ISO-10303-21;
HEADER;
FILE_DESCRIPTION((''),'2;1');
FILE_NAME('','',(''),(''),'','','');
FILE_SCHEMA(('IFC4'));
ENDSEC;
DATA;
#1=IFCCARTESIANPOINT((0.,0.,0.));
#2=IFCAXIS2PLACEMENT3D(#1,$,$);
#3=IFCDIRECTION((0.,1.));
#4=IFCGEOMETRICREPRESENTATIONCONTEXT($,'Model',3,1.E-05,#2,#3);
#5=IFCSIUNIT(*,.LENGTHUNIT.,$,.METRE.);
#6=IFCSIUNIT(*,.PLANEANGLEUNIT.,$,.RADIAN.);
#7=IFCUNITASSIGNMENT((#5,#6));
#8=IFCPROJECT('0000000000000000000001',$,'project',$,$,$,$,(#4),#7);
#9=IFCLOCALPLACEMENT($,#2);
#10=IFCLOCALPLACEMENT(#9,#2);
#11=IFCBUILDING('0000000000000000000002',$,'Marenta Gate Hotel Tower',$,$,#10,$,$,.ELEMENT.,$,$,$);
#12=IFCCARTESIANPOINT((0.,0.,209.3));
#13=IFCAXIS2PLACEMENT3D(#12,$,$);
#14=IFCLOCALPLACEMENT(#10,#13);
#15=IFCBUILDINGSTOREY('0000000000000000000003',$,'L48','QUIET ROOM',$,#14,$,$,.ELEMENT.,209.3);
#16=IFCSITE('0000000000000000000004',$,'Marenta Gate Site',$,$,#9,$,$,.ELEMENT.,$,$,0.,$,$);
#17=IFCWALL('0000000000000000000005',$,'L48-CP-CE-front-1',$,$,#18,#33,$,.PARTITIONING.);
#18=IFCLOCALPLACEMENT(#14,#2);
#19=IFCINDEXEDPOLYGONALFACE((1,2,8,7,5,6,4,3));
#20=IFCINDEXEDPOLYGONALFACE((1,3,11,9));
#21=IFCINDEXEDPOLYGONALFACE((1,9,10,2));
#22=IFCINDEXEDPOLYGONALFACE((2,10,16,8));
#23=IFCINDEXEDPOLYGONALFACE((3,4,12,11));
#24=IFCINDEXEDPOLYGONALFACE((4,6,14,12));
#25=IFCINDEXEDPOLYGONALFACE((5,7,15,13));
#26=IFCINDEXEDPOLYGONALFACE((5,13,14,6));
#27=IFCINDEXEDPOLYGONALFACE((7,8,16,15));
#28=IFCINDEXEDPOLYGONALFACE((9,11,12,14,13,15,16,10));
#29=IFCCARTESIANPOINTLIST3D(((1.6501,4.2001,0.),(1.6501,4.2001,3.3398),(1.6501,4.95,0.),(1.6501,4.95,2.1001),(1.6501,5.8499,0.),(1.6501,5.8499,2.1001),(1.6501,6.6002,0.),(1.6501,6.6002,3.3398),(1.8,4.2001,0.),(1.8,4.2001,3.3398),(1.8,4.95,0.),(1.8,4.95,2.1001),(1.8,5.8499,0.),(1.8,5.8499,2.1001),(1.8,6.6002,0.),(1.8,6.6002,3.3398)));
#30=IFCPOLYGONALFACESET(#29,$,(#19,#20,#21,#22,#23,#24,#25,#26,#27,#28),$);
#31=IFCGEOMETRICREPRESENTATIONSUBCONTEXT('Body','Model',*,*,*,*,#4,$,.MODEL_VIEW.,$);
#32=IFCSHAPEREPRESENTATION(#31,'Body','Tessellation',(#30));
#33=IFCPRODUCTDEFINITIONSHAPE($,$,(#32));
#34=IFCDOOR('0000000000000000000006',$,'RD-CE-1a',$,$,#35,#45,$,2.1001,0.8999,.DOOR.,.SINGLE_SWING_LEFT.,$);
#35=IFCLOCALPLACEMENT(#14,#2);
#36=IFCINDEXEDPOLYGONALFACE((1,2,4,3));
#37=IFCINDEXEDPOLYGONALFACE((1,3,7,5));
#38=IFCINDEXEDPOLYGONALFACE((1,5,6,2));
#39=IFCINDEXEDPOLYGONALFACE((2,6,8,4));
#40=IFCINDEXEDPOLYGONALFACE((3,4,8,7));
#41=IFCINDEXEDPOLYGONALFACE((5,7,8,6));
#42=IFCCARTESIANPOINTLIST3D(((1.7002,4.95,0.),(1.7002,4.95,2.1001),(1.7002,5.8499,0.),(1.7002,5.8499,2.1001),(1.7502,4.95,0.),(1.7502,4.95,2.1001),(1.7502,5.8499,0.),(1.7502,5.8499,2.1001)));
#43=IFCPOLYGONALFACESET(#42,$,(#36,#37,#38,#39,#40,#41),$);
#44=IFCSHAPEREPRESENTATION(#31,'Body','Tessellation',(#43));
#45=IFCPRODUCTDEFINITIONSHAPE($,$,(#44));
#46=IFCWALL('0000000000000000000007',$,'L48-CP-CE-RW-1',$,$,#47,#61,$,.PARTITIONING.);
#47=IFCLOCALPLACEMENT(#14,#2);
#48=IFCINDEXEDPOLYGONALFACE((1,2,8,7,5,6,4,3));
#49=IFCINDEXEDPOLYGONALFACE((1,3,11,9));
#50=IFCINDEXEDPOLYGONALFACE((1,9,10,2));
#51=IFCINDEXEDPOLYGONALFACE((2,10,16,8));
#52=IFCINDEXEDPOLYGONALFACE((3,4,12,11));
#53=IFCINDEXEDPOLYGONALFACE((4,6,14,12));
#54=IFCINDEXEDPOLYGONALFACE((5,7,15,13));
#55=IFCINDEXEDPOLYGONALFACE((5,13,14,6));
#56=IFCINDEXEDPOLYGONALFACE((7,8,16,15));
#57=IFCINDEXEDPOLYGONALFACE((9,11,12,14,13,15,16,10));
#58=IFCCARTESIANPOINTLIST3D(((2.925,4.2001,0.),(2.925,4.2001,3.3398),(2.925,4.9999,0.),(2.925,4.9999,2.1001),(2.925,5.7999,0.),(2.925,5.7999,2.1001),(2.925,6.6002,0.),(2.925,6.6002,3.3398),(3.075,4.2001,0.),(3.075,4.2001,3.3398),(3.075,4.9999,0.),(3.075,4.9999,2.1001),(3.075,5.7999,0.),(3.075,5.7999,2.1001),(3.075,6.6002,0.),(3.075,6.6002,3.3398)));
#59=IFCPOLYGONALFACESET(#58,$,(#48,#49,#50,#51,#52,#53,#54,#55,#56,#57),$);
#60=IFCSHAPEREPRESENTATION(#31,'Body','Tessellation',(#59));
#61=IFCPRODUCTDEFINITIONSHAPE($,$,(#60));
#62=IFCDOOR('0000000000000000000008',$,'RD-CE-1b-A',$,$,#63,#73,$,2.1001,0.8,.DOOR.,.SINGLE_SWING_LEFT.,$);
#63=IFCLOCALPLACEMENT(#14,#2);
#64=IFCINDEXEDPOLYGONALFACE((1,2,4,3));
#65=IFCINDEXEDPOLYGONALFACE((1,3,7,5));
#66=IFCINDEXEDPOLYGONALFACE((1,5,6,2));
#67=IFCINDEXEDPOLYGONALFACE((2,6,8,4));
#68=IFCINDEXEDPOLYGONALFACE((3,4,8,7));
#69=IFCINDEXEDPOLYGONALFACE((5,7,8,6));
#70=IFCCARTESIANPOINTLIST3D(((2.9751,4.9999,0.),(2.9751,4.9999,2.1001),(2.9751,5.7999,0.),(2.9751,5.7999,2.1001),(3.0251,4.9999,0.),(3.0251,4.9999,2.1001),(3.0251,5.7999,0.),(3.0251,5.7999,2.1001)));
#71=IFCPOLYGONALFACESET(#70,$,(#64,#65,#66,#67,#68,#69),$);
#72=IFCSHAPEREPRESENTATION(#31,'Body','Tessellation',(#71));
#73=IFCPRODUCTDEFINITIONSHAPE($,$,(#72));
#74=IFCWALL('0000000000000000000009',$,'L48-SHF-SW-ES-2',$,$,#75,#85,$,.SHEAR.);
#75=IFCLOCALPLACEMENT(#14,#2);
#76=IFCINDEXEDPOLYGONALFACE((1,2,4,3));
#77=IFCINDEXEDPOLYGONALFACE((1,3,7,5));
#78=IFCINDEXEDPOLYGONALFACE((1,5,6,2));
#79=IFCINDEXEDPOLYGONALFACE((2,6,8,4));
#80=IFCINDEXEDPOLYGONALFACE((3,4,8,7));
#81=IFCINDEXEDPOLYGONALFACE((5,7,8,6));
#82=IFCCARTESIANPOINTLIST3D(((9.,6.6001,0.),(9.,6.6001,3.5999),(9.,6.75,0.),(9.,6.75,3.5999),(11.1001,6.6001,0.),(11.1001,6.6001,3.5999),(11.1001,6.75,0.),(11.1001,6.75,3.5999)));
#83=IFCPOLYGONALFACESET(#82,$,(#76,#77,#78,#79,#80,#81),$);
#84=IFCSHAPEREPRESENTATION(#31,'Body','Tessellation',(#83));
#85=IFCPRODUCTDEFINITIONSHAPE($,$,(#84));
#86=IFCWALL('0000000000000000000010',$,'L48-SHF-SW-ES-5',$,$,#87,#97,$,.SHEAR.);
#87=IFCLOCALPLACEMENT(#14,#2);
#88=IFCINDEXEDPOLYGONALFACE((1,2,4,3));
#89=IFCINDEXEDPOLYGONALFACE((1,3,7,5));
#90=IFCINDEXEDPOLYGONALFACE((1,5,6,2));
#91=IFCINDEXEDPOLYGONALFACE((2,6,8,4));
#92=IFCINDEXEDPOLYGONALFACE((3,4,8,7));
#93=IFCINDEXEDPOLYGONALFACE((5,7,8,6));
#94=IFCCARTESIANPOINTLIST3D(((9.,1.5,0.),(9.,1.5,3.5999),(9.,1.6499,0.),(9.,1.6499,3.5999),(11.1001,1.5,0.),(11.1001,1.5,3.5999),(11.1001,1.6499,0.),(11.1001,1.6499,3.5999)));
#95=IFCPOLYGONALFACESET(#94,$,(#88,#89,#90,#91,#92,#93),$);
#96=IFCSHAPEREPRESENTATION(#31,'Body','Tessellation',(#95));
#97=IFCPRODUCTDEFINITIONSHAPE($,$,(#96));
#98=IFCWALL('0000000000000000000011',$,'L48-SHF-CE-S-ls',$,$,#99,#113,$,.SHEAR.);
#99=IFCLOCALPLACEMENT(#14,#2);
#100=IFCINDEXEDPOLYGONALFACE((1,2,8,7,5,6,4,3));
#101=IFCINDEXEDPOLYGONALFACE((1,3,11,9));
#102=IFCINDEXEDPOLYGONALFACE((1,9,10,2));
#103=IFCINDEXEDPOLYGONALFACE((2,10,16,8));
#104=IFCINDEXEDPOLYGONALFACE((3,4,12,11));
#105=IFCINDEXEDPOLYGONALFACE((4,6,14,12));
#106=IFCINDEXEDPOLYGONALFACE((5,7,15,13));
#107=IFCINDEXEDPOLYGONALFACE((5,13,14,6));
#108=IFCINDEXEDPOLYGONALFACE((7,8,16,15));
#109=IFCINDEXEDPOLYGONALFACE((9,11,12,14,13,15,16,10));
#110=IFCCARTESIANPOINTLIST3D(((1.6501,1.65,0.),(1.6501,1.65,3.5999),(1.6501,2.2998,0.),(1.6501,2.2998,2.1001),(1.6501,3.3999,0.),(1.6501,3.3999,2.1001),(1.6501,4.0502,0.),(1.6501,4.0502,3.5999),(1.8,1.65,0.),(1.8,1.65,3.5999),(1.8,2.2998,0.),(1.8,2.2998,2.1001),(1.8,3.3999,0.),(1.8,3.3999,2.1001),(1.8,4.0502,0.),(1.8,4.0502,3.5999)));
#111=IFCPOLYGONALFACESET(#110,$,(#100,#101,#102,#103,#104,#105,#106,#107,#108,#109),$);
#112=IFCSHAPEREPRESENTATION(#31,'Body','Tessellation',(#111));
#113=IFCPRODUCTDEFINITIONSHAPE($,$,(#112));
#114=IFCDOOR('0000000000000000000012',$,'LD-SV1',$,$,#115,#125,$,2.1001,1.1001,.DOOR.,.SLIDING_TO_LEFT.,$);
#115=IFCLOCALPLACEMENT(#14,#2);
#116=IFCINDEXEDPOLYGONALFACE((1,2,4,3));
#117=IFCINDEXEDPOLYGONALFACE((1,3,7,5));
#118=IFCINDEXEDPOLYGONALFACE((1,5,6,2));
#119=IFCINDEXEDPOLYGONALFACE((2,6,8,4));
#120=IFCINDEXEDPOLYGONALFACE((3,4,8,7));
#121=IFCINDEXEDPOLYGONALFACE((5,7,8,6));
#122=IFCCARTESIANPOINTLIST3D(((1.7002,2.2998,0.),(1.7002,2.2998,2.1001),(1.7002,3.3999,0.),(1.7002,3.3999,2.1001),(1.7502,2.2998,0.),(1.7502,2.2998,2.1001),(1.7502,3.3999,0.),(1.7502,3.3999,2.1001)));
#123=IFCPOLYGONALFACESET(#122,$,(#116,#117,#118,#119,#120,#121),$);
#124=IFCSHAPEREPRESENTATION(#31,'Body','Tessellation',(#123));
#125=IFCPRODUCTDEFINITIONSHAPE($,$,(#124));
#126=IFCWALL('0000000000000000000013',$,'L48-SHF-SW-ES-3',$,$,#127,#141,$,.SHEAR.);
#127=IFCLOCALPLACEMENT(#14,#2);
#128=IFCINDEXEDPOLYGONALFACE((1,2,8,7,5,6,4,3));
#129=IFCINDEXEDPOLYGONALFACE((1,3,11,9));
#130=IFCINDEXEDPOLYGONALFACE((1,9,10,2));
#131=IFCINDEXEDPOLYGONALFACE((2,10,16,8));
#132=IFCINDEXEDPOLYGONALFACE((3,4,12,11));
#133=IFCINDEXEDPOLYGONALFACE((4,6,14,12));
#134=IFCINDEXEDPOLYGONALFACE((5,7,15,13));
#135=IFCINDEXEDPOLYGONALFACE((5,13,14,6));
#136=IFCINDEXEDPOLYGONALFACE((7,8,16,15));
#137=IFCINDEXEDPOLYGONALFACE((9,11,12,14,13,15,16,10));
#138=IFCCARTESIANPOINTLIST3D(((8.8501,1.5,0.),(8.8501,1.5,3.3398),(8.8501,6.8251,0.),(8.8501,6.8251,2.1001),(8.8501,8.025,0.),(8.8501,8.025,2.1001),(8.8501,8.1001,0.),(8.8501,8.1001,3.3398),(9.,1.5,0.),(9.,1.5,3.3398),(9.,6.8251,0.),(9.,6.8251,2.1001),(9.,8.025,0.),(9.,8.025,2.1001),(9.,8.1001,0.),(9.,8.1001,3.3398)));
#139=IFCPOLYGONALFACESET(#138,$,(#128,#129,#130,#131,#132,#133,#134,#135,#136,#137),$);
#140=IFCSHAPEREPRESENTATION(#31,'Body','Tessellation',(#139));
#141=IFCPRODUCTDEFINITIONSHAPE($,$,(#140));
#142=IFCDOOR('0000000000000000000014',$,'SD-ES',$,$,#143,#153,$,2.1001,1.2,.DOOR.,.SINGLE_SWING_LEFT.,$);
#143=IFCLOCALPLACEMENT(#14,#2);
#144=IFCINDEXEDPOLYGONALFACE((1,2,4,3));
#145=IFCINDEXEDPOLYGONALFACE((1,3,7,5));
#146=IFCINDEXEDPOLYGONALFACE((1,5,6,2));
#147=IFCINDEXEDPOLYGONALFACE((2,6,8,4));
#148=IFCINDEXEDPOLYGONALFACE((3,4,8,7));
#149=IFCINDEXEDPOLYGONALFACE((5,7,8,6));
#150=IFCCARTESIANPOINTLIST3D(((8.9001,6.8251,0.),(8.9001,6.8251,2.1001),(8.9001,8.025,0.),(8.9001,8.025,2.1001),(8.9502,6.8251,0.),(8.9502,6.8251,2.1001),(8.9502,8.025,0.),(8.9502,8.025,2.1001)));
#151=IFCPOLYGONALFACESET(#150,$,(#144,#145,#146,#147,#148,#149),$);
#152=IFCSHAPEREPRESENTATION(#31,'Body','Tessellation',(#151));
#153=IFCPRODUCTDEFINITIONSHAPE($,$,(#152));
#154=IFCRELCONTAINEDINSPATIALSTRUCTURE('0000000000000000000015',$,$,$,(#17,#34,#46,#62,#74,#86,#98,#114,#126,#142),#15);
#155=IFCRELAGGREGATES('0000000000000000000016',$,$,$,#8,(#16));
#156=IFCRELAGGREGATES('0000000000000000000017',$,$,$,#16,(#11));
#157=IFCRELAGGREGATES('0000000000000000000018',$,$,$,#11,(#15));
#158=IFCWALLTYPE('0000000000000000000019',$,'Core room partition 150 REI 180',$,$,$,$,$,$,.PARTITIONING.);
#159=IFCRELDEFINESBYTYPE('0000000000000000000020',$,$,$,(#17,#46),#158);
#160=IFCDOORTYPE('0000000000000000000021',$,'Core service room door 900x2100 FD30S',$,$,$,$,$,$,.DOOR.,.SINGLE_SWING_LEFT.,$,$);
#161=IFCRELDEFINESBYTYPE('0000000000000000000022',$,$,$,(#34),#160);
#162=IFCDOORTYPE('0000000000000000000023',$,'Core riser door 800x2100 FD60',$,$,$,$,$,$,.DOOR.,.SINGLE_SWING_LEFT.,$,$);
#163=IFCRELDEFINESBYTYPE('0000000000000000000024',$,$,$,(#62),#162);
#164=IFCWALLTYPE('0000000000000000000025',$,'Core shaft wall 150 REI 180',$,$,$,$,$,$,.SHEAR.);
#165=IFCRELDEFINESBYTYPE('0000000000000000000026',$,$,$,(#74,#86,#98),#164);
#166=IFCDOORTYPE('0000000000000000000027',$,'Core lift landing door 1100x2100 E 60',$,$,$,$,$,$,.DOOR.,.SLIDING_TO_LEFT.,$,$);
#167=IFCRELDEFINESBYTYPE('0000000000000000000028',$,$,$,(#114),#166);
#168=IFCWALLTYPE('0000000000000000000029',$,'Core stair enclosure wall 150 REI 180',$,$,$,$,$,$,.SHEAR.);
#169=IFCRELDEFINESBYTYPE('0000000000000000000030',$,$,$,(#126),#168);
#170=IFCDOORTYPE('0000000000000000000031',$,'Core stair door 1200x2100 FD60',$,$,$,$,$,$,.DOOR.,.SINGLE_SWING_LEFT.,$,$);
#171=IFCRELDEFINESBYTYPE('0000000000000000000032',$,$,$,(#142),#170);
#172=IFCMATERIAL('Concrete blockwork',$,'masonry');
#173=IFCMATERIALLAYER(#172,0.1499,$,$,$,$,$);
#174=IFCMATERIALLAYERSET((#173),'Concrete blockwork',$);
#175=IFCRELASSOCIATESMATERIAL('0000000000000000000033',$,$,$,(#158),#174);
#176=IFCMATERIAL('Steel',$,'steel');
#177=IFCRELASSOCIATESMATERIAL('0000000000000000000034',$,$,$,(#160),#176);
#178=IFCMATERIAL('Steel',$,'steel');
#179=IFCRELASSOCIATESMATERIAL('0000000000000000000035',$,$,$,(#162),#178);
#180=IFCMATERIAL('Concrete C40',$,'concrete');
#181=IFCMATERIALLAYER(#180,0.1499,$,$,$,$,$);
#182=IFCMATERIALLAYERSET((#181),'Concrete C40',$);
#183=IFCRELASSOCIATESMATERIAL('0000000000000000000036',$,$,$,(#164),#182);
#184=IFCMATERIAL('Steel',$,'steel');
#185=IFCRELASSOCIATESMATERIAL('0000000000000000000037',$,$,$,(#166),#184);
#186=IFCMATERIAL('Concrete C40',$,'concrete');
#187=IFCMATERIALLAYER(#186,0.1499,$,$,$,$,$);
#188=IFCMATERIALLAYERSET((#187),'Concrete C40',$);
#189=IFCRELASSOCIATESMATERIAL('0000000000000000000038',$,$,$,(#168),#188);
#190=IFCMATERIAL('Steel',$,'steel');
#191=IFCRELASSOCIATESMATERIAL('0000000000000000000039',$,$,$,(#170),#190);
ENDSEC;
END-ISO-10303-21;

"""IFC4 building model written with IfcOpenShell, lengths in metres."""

from ifc_helpers import new_model, si_unit, direction, frame, frame_2d, origin, place, context, subcontext, project, spatial, rectangle, extrude, material, layer, layer_set, type_object, element, fill, save


model = new_model("IFC4")

# Units and contexts
model_context = context("Model", 3, precision=1e-05, world=origin(), true_north=direction((0.0, 1.0)))
body_context = subcontext(model_context, "Body", "Model", "MODEL_VIEW")
ifc_project = project(units=[si_unit("LENGTHUNIT", "METRE"), si_unit("PLANEANGLEUNIT", "RADIAN")], contexts=[model_context])

# Site, building, storey
site_placement = place(None, origin())
site = spatial("IfcSite", under=ifc_project, at=site_placement, Name="Marenta Gate Site", CompositionType="ELEMENT", RefElevation=0.0)
building_placement = place(site_placement, origin())
building = spatial("IfcBuilding", under=site, at=building_placement, Name="Marenta Gate Hotel Tower", CompositionType="ELEMENT")
storey_placement = place(building_placement, frame((0.0, 0.0, 209.3)))
storey = spatial("IfcBuildingStorey", under=building, at=storey_placement, Name="L48", Description="QUIET ROOM", CompositionType="ELEMENT", Elevation=209.3)

# Walls, openings, doors
ifc_material_1 = material(Name="Concrete blockwork", Category="masonry")
ifc_layer_1 = layer(ifc_material_1, 0.1499)
ifc_layer_set_1 = layer_set([ifc_layer_1], Name="Concrete blockwork")
wall_type_1 = type_object("IfcWallType", Name="Core room partition 150 REI 180", PredefinedType="PARTITIONING", material=ifc_layer_set_1)
wall_1_placement = place(storey_placement, frame((1.7251, 4.2, 0.0), z_axis=(0.0, 0.0, 1.0), x_axis=(0.0, 1.0, 0.0)))
wall_1 = element("IfcWall", 1, at=wall_1_placement, inside=storey, type_object=wall_type_1, Name="L48-CP-CE-front-1", PredefinedType="PARTITIONING", context=body_context, shape_type="SweptSolid", body=[
    extrude(rectangle(XDim=2.4001, YDim=0.1499, at=frame_2d((1.2002, 0.0))), origin(), (0.0, 0.0, 1.0), 3.3398),
])
opening_1_placement = place(wall_1_placement, frame((0.75, 0.0, 0.0)))
opening_1 = element("IfcOpeningElement", 2, at=opening_1_placement, cuts=wall_1, PredefinedType="OPENING", context=body_context, shape_type="SweptSolid", body=[
    extrude(rectangle(XDim=0.8999, YDim=2.1001, at=frame_2d((0.45, 1.05))), frame((0.0, 0.075, 0.0), z_axis=(0.0, -1.0, 0.0), x_axis=(1.0, 0.0, 0.0)), (0.0, 0.0, 1.0), 0.1499),
])
ifc_material_2 = material(Name="Steel", Category="steel")
door_type_1 = type_object("IfcDoorType", Name="Core service room door 900x2100 FD30S", OperationType="SINGLE_SWING_LEFT", PredefinedType="DOOR", material=ifc_material_2)
door_1_placement = place(opening_1_placement, origin())
door_1 = element("IfcDoor", 3, at=door_1_placement, inside=storey, type_object=door_type_1, Name="RD-CE-1a", OperationType="SINGLE_SWING_LEFT", OverallHeight=2.1001, OverallWidth=0.8999, PredefinedType="DOOR", context=body_context, shape_type="SweptSolid", body=[
    extrude(rectangle(XDim=0.8999, YDim=2.1001, at=frame_2d((0.45, 1.05))), frame((0.0, 0.0249, 0.0), z_axis=(0.0, -1.0, 0.0), x_axis=(1.0, 0.0, 0.0)), (0.0, 0.0, 1.0), 0.05),
])
fill(opening_1, door_1)
wall_2_placement = place(storey_placement, frame((3.0, 4.2, 0.0), z_axis=(0.0, 0.0, 1.0), x_axis=(0.0, 1.0, 0.0)))
wall_2 = element("IfcWall", 4, at=wall_2_placement, inside=storey, type_object=wall_type_1, Name="L48-CP-CE-RW-1", PredefinedType="PARTITIONING", context=body_context, shape_type="SweptSolid", body=[
    extrude(rectangle(XDim=2.4001, YDim=0.1499, at=frame_2d((1.2002, 0.0))), origin(), (0.0, 0.0, 1.0), 3.3398),
])
opening_2_placement = place(wall_2_placement, frame((0.8, 0.0, 0.0)))
opening_2 = element("IfcOpeningElement", 5, at=opening_2_placement, cuts=wall_2, PredefinedType="OPENING", context=body_context, shape_type="SweptSolid", body=[
    extrude(rectangle(XDim=0.8, YDim=2.1001, at=frame_2d((0.3999, 1.05))), frame((0.0, 0.075, 0.0), z_axis=(0.0, -1.0, 0.0), x_axis=(1.0, 0.0, 0.0)), (0.0, 0.0, 1.0), 0.1499),
])
ifc_material_3 = material(Name="Steel", Category="steel")
door_type_2 = type_object("IfcDoorType", Name="Core riser door 800x2100 FD60", OperationType="SINGLE_SWING_LEFT", PredefinedType="DOOR", material=ifc_material_3)
door_2_placement = place(opening_2_placement, origin())
door_2 = element("IfcDoor", 6, at=door_2_placement, inside=storey, type_object=door_type_2, Name="RD-CE-1b-A", OperationType="SINGLE_SWING_LEFT", OverallHeight=2.1001, OverallWidth=0.8, PredefinedType="DOOR", context=body_context, shape_type="SweptSolid", body=[
    extrude(rectangle(XDim=0.8, YDim=2.1001, at=frame_2d((0.3999, 1.05))), frame((0.0, 0.0249, 0.0), z_axis=(0.0, -1.0, 0.0), x_axis=(1.0, 0.0, 0.0)), (0.0, 0.0, 1.0), 0.05),
])
fill(opening_2, door_2)

# Walls
ifc_material_4 = material(Name="Concrete C40", Category="concrete")
ifc_layer_2 = layer(ifc_material_4, 0.1499)
ifc_layer_set_2 = layer_set([ifc_layer_2], Name="Concrete C40")
wall_type_2 = type_object("IfcWallType", Name="Core shaft wall 150 REI 180", PredefinedType="SHEAR", material=ifc_layer_set_2)
for number, where, z_axis, x_axis, name in (
    (7, (9.0, 6.675, 0.0), (0.0, 0.0, 1.0), (1.0, 0.0, 0.0), "L48-SHF-SW-ES-2"),
    (8, (9.0, 1.575, 0.0), (0.0, 0.0, 1.0), (1.0, 0.0, 0.0), "L48-SHF-SW-ES-5"),
):
    element("IfcWall", number, at=place(storey_placement, frame(where, z_axis=z_axis, x_axis=x_axis)), inside=storey, type_object=wall_type_2, Name=name, PredefinedType="SHEAR", context=body_context, shape_type="SweptSolid", body=[
        extrude(rectangle(XDim=2.1001, YDim=0.1499, at=frame_2d((1.05, 0.0))), origin(), (0.0, 0.0, 1.0), 3.5999),
    ])

# Walls, openings, doors
wall_3_placement = place(storey_placement, frame((1.7251, 1.6499, 0.0), z_axis=(0.0, 0.0, 1.0), x_axis=(0.0, 1.0, 0.0)))
wall_3 = element("IfcWall", 9, at=wall_3_placement, inside=storey, type_object=wall_type_2, Name="L48-SHF-CE-S-ls", PredefinedType="SHEAR", context=body_context, shape_type="SweptSolid", body=[
    extrude(rectangle(XDim=2.4001, YDim=0.1499, at=frame_2d((1.2002, 0.0))), origin(), (0.0, 0.0, 1.0), 3.5999),
])
opening_3_placement = place(wall_3_placement, frame((0.6499, 0.0, 0.0)))
opening_3 = element("IfcOpeningElement", 10, at=opening_3_placement, cuts=wall_3, PredefinedType="OPENING", context=body_context, shape_type="SweptSolid", body=[
    extrude(rectangle(XDim=1.1001, YDim=2.1001, at=frame_2d((0.55, 1.05))), frame((0.0, 0.075, 0.0), z_axis=(0.0, -1.0, 0.0), x_axis=(1.0, 0.0, 0.0)), (0.0, 0.0, 1.0), 0.1499),
])
ifc_material_5 = material(Name="Steel", Category="steel")
door_type_3 = type_object("IfcDoorType", Name="Core lift landing door 1100x2100 E 60", OperationType="SLIDING_TO_LEFT", PredefinedType="DOOR", material=ifc_material_5)
door_3_placement = place(opening_3_placement, origin())
door_3 = element("IfcDoor", 11, at=door_3_placement, inside=storey, type_object=door_type_3, Name="LD-SV1", OperationType="SLIDING_TO_LEFT", OverallHeight=2.1001, OverallWidth=1.1001, PredefinedType="DOOR", context=body_context, shape_type="SweptSolid", body=[
    extrude(rectangle(XDim=1.1001, YDim=2.1001, at=frame_2d((0.55, 1.05))), frame((0.0, 0.0249, 0.0), z_axis=(0.0, -1.0, 0.0), x_axis=(1.0, 0.0, 0.0)), (0.0, 0.0, 1.0), 0.05),
])
fill(opening_3, door_3)
ifc_material_6 = material(Name="Concrete C40", Category="concrete")
ifc_layer_3 = layer(ifc_material_6, 0.1499)
ifc_layer_set_3 = layer_set([ifc_layer_3], Name="Concrete C40")
wall_type_3 = type_object("IfcWallType", Name="Core stair enclosure wall 150 REI 180", PredefinedType="SHEAR", material=ifc_layer_set_3)
wall_4_placement = place(storey_placement, frame((8.925, 1.5, 0.0), z_axis=(0.0, 0.0, 1.0), x_axis=(0.0, 1.0, 0.0)))
wall_4 = element("IfcWall", 12, at=wall_4_placement, inside=storey, type_object=wall_type_3, Name="L48-SHF-SW-ES-3", PredefinedType="SHEAR", context=body_context, shape_type="SweptSolid", body=[
    extrude(rectangle(XDim=6.6001, YDim=0.1499, at=frame_2d((3.3, 0.0))), origin(), (0.0, 0.0, 1.0), 3.3398),
])
opening_4_placement = place(wall_4_placement, frame((5.325, 0.0, 0.0)))
opening_4 = element("IfcOpeningElement", 13, at=opening_4_placement, cuts=wall_4, PredefinedType="OPENING", context=body_context, shape_type="SweptSolid", body=[
    extrude(rectangle(XDim=1.2, YDim=2.1001, at=frame_2d((0.6001, 1.05))), frame((0.0, 0.075, 0.0), z_axis=(0.0, -1.0, 0.0), x_axis=(1.0, 0.0, 0.0)), (0.0, 0.0, 1.0), 0.1499),
])
ifc_material_7 = material(Name="Steel", Category="steel")
door_type_4 = type_object("IfcDoorType", Name="Core stair door 1200x2100 FD60", OperationType="SINGLE_SWING_LEFT", PredefinedType="DOOR", material=ifc_material_7)
door_4_placement = place(opening_4_placement, origin())
door_4 = element("IfcDoor", 14, at=door_4_placement, inside=storey, type_object=door_type_4, Name="SD-ES", OperationType="SINGLE_SWING_LEFT", OverallHeight=2.1001, OverallWidth=1.2, PredefinedType="DOOR", context=body_context, shape_type="SweptSolid", body=[
    extrude(rectangle(XDim=1.2, YDim=2.1001, at=frame_2d((0.6001, 1.05))), frame((0.0, 0.0249, 0.0), z_axis=(0.0, -1.0, 0.0), x_axis=(1.0, 0.0, 0.0)), (0.0, 0.0, 1.0), 0.05),
])
fill(opening_4, door_4)

save(model, "model.ifc")
